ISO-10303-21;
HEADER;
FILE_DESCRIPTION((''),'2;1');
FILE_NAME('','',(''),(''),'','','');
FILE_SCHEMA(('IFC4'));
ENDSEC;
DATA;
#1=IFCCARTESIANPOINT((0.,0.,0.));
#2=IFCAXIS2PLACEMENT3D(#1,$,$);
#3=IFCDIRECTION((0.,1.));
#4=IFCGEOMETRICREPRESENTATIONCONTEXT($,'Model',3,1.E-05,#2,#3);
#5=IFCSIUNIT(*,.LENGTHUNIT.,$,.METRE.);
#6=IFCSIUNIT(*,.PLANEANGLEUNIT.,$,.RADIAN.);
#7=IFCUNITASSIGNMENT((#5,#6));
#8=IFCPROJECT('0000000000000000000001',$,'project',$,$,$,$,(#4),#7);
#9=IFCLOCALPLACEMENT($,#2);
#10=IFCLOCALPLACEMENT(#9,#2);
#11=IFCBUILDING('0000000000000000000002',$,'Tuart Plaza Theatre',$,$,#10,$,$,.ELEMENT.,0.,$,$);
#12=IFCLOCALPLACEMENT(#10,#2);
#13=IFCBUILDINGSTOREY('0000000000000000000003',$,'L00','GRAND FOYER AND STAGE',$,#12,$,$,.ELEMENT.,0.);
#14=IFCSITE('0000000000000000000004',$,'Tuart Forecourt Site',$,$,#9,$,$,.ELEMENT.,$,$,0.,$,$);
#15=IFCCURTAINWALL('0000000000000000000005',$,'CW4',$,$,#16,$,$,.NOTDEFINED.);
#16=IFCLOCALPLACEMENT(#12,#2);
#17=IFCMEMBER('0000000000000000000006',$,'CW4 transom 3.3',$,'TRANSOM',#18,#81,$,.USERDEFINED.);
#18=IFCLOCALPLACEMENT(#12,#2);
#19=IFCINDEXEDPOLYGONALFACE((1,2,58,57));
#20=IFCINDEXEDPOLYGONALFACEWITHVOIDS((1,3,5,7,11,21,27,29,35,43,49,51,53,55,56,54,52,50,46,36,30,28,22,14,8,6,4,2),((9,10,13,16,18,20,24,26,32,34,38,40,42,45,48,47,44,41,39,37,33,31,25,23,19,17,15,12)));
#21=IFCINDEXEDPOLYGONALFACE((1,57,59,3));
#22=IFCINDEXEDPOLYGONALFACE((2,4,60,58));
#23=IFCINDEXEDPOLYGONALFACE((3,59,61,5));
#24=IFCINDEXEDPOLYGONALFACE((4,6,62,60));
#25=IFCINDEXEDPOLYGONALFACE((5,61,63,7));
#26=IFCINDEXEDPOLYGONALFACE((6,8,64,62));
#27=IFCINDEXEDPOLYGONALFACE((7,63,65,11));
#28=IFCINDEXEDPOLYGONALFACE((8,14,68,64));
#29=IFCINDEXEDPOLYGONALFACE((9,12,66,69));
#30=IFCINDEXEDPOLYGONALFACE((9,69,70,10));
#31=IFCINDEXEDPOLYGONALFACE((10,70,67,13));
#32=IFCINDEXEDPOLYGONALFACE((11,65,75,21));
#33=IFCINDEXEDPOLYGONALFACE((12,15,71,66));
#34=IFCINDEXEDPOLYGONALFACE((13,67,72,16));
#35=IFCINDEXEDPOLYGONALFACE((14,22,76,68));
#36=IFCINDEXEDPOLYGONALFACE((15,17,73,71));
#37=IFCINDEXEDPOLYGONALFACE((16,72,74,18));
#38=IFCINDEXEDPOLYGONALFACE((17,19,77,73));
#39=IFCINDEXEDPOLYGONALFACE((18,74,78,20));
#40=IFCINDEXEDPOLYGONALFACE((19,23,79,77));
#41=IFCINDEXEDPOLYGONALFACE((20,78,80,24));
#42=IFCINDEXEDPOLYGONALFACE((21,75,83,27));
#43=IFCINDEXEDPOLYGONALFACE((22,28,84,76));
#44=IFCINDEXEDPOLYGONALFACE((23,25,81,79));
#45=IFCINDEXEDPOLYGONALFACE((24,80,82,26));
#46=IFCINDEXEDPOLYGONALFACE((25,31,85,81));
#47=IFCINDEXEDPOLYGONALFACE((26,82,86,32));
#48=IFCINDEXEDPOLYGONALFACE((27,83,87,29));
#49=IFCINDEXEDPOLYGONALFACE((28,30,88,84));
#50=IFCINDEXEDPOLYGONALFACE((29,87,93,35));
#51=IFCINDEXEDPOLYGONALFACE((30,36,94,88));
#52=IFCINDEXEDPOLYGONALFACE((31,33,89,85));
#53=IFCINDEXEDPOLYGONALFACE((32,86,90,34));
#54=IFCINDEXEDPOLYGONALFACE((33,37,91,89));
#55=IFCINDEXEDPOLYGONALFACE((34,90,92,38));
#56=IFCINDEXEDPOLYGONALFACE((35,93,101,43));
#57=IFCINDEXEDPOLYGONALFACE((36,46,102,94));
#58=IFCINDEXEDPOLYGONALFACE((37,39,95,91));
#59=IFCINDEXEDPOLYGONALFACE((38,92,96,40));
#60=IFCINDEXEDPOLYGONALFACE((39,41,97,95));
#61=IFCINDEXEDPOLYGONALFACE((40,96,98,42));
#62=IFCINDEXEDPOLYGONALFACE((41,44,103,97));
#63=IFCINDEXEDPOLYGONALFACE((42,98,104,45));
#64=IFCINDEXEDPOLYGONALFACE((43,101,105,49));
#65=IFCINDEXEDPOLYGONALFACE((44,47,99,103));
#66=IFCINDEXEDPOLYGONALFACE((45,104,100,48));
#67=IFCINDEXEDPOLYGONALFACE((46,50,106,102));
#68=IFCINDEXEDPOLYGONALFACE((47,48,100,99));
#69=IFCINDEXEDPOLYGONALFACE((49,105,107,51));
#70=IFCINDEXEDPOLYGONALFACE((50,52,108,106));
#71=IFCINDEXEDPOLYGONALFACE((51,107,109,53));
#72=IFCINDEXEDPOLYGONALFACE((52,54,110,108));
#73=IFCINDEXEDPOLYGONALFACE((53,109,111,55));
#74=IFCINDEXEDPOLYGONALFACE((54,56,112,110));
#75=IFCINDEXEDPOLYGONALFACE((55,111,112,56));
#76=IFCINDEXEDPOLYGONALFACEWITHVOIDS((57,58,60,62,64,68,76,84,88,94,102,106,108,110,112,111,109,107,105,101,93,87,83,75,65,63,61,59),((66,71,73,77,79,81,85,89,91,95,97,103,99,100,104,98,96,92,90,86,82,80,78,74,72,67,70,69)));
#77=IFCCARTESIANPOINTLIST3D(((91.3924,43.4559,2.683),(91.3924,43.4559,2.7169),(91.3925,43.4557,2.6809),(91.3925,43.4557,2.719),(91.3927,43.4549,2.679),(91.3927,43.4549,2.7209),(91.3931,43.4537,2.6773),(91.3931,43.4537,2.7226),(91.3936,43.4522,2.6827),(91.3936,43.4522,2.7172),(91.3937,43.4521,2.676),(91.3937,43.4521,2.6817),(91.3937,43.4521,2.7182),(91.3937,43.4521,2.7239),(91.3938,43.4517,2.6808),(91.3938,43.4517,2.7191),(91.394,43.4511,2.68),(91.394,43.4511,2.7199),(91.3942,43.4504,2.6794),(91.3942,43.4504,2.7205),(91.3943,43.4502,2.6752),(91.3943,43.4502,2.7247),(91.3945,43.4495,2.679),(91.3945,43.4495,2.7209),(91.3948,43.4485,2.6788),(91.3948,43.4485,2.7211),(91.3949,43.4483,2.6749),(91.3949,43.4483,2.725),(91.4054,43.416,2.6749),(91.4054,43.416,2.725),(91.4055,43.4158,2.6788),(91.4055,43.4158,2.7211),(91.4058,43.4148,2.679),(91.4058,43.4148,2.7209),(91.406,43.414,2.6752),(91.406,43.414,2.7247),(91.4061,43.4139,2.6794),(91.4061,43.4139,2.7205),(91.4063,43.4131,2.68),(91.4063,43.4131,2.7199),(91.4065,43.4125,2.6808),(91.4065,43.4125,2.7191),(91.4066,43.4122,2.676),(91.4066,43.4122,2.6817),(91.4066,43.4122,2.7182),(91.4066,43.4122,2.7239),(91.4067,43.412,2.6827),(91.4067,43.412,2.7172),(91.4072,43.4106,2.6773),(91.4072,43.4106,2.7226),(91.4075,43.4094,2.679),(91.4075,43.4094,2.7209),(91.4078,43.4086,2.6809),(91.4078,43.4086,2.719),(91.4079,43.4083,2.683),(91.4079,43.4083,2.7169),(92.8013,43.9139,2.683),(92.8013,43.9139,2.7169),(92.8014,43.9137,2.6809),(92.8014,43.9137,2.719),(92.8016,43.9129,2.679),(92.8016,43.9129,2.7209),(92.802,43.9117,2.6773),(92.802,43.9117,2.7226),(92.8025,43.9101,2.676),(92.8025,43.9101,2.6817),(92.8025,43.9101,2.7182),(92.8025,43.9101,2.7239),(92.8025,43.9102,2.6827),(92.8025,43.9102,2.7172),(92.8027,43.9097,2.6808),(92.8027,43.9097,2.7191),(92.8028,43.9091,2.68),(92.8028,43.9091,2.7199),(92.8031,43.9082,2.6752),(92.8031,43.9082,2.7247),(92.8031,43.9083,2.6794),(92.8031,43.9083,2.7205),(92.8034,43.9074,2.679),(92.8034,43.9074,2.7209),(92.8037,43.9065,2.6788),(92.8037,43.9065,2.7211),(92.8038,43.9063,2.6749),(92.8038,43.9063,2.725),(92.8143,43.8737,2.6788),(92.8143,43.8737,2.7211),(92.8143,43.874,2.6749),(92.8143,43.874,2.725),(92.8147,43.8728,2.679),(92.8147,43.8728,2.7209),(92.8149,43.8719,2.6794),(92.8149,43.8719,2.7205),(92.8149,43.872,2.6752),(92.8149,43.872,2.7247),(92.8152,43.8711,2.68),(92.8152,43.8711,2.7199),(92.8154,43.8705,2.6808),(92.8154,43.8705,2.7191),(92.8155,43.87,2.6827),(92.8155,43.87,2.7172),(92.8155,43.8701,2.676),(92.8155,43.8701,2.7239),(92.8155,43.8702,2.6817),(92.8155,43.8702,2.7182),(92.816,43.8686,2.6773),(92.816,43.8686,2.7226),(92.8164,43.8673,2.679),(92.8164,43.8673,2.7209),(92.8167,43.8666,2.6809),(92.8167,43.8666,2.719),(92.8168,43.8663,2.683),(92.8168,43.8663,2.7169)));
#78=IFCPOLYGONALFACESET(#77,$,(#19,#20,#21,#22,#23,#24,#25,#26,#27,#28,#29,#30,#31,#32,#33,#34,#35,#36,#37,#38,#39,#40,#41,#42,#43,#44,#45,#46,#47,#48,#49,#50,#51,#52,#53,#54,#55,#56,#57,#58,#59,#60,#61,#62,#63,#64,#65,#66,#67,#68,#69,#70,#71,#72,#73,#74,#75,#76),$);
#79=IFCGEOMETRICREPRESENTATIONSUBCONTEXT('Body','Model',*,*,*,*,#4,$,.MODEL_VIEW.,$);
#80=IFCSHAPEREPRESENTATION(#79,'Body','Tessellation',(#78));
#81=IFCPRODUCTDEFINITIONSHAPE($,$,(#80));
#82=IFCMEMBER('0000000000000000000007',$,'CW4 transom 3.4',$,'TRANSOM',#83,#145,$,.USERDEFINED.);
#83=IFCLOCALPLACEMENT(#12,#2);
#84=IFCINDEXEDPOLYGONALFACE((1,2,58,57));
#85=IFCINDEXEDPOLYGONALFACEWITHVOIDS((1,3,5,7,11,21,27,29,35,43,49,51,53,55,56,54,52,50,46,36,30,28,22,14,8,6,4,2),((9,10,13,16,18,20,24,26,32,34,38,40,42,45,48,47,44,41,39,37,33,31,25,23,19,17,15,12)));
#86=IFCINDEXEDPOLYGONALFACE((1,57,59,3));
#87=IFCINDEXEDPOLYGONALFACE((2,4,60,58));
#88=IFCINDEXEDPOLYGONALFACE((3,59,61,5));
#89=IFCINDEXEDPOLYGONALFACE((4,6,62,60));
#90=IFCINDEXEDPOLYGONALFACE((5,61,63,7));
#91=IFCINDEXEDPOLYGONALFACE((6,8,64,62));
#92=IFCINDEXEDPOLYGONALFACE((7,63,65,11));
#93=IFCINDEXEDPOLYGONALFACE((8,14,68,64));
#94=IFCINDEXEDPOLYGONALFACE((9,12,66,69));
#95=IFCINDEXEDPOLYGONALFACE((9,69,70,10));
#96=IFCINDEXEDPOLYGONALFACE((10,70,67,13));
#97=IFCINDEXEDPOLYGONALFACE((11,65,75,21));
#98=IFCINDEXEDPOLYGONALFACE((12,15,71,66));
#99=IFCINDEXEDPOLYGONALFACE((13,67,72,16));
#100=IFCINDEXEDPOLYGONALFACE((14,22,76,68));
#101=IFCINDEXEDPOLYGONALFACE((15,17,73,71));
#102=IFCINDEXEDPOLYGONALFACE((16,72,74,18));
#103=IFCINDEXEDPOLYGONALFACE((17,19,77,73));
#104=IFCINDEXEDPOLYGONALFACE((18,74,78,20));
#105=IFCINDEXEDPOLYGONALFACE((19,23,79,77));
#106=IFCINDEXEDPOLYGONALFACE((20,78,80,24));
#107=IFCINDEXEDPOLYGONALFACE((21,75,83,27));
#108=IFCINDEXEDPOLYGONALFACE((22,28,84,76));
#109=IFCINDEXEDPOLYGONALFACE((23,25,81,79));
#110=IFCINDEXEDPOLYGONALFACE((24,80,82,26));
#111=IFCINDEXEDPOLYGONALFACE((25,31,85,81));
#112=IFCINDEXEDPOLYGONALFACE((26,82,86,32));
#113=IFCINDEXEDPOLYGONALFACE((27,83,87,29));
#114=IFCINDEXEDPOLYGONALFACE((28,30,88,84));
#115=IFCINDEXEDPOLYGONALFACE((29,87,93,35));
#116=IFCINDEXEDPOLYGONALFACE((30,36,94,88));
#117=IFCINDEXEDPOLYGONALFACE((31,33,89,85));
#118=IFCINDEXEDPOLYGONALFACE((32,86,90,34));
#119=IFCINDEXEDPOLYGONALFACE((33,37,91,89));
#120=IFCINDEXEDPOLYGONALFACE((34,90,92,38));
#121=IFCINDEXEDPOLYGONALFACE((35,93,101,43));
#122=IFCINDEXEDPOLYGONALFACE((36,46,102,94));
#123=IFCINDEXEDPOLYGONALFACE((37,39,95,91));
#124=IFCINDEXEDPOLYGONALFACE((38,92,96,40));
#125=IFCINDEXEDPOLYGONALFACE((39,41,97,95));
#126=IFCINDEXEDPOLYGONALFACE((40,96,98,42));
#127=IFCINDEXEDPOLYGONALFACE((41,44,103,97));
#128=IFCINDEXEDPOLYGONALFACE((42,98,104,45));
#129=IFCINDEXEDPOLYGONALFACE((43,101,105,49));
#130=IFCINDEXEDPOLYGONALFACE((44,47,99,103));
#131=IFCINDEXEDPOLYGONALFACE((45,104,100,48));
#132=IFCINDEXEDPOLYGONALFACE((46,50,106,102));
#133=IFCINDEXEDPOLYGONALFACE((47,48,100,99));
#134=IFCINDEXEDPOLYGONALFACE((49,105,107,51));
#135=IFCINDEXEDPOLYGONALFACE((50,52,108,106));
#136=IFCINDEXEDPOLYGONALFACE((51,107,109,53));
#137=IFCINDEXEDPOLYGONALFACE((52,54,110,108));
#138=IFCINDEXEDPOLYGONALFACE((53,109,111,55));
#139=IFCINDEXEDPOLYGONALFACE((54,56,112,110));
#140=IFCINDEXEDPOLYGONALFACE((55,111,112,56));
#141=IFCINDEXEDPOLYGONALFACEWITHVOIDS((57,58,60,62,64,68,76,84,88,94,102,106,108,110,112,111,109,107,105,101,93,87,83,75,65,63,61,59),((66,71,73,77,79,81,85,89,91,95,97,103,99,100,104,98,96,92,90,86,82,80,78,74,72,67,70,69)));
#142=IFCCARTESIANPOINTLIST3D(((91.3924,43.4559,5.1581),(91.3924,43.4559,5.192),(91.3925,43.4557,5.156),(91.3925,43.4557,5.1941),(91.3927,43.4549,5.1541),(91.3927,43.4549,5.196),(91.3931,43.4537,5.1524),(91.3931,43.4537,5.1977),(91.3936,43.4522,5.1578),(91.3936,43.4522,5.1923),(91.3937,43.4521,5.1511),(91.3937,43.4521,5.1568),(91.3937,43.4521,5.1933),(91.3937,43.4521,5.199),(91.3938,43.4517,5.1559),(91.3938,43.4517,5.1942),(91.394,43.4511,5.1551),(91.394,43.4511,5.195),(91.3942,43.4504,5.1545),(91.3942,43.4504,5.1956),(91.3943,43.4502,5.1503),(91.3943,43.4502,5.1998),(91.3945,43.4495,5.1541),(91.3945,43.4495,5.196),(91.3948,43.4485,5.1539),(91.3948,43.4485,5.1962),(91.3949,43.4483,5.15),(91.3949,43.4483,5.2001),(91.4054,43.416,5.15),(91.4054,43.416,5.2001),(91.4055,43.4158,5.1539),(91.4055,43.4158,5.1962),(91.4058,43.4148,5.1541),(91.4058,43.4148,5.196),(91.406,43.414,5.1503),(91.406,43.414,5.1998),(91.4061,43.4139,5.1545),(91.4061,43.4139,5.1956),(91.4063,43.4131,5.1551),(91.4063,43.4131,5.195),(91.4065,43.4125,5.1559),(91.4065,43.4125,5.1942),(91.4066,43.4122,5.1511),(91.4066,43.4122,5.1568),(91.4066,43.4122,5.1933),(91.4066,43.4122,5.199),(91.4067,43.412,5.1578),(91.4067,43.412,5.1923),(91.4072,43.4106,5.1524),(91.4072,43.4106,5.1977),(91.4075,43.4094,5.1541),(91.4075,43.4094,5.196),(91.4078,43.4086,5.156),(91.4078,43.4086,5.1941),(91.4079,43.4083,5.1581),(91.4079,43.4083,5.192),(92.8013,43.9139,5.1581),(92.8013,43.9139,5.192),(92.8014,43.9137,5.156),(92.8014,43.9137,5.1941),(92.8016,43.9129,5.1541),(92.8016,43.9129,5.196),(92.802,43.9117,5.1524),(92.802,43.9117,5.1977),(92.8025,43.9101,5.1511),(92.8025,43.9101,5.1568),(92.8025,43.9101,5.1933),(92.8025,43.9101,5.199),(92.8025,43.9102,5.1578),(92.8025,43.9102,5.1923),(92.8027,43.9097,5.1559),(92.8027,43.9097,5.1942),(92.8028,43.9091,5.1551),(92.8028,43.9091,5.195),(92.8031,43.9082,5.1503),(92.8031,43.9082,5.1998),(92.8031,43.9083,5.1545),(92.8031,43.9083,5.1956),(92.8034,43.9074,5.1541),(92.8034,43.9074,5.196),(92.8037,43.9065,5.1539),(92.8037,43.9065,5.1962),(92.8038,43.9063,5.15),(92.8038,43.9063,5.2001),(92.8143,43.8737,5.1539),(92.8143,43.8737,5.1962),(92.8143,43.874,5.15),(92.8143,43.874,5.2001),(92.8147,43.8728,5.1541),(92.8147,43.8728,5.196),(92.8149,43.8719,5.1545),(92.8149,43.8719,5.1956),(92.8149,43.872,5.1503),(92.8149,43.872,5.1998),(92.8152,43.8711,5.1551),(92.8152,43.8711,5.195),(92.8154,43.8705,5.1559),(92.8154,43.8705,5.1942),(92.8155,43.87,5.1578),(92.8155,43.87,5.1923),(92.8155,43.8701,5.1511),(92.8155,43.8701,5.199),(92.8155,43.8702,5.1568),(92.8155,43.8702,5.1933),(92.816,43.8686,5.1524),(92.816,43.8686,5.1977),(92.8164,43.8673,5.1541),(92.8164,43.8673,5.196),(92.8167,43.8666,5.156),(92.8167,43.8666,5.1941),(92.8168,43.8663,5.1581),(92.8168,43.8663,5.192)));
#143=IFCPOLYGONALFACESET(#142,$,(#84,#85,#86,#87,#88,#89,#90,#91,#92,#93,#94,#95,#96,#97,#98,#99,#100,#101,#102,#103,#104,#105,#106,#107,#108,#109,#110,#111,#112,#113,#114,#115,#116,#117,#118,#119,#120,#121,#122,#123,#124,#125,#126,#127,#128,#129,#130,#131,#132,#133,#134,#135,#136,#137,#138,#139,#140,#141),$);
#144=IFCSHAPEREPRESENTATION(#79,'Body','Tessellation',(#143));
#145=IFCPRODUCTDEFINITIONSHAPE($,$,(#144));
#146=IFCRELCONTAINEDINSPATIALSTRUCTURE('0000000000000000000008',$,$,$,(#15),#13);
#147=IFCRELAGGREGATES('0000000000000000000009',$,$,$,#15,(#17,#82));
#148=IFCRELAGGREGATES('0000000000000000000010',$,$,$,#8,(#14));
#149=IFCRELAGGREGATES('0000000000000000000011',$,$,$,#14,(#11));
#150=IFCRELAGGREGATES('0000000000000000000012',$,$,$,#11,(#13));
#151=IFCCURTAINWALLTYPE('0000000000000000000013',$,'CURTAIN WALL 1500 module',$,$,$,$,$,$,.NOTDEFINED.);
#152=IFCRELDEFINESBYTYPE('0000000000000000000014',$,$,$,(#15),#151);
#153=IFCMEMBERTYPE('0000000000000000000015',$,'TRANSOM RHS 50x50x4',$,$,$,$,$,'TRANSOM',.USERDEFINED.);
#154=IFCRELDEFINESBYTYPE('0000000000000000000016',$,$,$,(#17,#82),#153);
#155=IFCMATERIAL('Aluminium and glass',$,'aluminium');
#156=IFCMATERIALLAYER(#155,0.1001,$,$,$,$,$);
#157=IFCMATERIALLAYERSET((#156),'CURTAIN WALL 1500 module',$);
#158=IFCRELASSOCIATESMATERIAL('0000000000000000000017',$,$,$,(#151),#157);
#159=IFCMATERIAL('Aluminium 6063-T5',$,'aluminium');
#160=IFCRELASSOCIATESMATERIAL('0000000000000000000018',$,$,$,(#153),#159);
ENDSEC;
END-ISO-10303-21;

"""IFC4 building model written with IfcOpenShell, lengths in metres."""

from ifc_helpers import new_model, si_unit, direction, frame, origin, origin_2d, place, context, subcontext, project, spatial, hollow_rectangle, extrude, material, layer, layer_set, material_profile, profile_set, type_object, element, aggregate, save


model = new_model("IFC4")

# Units and contexts
model_context = context("Model", 3, precision=1e-05, world=origin(), true_north=direction((0.0, 1.0)))
body_context = subcontext(model_context, "Body", "Model", "MODEL_VIEW")
ifc_project = project(units=[si_unit("LENGTHUNIT", "METRE"), si_unit("PLANEANGLEUNIT", "RADIAN")], contexts=[model_context])

# Site, building, storey
site_placement = place(None, origin())
site = spatial("IfcSite", under=ifc_project, at=site_placement, Name="Tuart Forecourt Site", CompositionType="ELEMENT", RefElevation=0.0)
building_placement = place(site_placement, origin())
building = spatial("IfcBuilding", under=site, at=building_placement, Name="Tuart Plaza Theatre", CompositionType="ELEMENT", ElevationOfRefHeight=0.0)
storey_placement = place(building_placement, origin())
storey = spatial("IfcBuildingStorey", under=building, at=storey_placement, Name="L00", Description="GRAND FOYER AND STAGE", CompositionType="ELEMENT", Elevation=0.0)

# Curtain wall, members
ifc_material_1 = material(Name="Aluminium and glass", Category="aluminium")
ifc_layer_1 = layer(ifc_material_1, 0.1001)
ifc_layer_set_1 = layer_set([ifc_layer_1], Name="CURTAIN WALL 1500 module")
curtain_wall_type = type_object("IfcCurtainWallType", Name="CURTAIN WALL 1500 module", PredefinedType="NOTDEFINED", material=ifc_layer_set_1)
curtain_wall_1_placement = place(storey_placement, origin())
curtain_wall_1 = element("IfcCurtainWall", 1, at=curtain_wall_1_placement, inside=storey, type_object=curtain_wall_type, Name="CW4", PredefinedType="NOTDEFINED")
ifc_material_2 = material(Name="Aluminium 6063-T5", Category="aluminium")
ifc_material_profile_1 = material_profile(ifc_material_2, hollow_rectangle(XDim=0.05, YDim=0.05, WallThickness=0.0039, InnerFilletRadius=0.0039, OuterFilletRadius=0.0081, at=origin_2d()), Name="RHS 50x50x4")
ifc_profile_set_1 = profile_set([ifc_material_profile_1], Name="Aluminium 6063-T5")
member_type_1 = type_object("IfcMemberType", Name="TRANSOM RHS 50x50x4", ElementType="TRANSOM", PredefinedType="USERDEFINED", material=ifc_profile_set_1)
member_1_placement = place(storey_placement, frame((91.4001, 43.4321, 2.7), z_axis=(0.951013, 0.309149, 0.0), x_axis=(-0.309149, 0.951013, 0.0)))
member_1 = element("IfcMember", 2, at=member_1_placement, type_object=member_type_1, Name="CW4 transom 3.3", ObjectType="TRANSOM", PredefinedType="USERDEFINED", context=body_context, shape_type="SweptSolid", body=[
    extrude(hollow_rectangle(XDim=0.05, YDim=0.05, WallThickness=0.0039, InnerFilletRadius=0.0039, OuterFilletRadius=0.0081, at=origin_2d()), origin(), (0.0, 0.0, 1.0), 1.4814),
])
member_2_placement = place(storey_placement, frame((91.4001, 43.4321, 5.175), z_axis=(0.951013, 0.309149, 0.0), x_axis=(-0.309149, 0.951013, 0.0)))
member_2 = element("IfcMember", 3, at=member_2_placement, type_object=member_type_1, Name="CW4 transom 3.4", ObjectType="TRANSOM", PredefinedType="USERDEFINED", context=body_context, shape_type="SweptSolid", body=[
    extrude(hollow_rectangle(XDim=0.05, YDim=0.05, WallThickness=0.0039, InnerFilletRadius=0.0039, OuterFilletRadius=0.0081, at=origin_2d()), origin(), (0.0, 0.0, 1.0), 1.4814),
])

aggregate(curtain_wall_1, [member_1, member_2])

save(model, "model.ifc")
